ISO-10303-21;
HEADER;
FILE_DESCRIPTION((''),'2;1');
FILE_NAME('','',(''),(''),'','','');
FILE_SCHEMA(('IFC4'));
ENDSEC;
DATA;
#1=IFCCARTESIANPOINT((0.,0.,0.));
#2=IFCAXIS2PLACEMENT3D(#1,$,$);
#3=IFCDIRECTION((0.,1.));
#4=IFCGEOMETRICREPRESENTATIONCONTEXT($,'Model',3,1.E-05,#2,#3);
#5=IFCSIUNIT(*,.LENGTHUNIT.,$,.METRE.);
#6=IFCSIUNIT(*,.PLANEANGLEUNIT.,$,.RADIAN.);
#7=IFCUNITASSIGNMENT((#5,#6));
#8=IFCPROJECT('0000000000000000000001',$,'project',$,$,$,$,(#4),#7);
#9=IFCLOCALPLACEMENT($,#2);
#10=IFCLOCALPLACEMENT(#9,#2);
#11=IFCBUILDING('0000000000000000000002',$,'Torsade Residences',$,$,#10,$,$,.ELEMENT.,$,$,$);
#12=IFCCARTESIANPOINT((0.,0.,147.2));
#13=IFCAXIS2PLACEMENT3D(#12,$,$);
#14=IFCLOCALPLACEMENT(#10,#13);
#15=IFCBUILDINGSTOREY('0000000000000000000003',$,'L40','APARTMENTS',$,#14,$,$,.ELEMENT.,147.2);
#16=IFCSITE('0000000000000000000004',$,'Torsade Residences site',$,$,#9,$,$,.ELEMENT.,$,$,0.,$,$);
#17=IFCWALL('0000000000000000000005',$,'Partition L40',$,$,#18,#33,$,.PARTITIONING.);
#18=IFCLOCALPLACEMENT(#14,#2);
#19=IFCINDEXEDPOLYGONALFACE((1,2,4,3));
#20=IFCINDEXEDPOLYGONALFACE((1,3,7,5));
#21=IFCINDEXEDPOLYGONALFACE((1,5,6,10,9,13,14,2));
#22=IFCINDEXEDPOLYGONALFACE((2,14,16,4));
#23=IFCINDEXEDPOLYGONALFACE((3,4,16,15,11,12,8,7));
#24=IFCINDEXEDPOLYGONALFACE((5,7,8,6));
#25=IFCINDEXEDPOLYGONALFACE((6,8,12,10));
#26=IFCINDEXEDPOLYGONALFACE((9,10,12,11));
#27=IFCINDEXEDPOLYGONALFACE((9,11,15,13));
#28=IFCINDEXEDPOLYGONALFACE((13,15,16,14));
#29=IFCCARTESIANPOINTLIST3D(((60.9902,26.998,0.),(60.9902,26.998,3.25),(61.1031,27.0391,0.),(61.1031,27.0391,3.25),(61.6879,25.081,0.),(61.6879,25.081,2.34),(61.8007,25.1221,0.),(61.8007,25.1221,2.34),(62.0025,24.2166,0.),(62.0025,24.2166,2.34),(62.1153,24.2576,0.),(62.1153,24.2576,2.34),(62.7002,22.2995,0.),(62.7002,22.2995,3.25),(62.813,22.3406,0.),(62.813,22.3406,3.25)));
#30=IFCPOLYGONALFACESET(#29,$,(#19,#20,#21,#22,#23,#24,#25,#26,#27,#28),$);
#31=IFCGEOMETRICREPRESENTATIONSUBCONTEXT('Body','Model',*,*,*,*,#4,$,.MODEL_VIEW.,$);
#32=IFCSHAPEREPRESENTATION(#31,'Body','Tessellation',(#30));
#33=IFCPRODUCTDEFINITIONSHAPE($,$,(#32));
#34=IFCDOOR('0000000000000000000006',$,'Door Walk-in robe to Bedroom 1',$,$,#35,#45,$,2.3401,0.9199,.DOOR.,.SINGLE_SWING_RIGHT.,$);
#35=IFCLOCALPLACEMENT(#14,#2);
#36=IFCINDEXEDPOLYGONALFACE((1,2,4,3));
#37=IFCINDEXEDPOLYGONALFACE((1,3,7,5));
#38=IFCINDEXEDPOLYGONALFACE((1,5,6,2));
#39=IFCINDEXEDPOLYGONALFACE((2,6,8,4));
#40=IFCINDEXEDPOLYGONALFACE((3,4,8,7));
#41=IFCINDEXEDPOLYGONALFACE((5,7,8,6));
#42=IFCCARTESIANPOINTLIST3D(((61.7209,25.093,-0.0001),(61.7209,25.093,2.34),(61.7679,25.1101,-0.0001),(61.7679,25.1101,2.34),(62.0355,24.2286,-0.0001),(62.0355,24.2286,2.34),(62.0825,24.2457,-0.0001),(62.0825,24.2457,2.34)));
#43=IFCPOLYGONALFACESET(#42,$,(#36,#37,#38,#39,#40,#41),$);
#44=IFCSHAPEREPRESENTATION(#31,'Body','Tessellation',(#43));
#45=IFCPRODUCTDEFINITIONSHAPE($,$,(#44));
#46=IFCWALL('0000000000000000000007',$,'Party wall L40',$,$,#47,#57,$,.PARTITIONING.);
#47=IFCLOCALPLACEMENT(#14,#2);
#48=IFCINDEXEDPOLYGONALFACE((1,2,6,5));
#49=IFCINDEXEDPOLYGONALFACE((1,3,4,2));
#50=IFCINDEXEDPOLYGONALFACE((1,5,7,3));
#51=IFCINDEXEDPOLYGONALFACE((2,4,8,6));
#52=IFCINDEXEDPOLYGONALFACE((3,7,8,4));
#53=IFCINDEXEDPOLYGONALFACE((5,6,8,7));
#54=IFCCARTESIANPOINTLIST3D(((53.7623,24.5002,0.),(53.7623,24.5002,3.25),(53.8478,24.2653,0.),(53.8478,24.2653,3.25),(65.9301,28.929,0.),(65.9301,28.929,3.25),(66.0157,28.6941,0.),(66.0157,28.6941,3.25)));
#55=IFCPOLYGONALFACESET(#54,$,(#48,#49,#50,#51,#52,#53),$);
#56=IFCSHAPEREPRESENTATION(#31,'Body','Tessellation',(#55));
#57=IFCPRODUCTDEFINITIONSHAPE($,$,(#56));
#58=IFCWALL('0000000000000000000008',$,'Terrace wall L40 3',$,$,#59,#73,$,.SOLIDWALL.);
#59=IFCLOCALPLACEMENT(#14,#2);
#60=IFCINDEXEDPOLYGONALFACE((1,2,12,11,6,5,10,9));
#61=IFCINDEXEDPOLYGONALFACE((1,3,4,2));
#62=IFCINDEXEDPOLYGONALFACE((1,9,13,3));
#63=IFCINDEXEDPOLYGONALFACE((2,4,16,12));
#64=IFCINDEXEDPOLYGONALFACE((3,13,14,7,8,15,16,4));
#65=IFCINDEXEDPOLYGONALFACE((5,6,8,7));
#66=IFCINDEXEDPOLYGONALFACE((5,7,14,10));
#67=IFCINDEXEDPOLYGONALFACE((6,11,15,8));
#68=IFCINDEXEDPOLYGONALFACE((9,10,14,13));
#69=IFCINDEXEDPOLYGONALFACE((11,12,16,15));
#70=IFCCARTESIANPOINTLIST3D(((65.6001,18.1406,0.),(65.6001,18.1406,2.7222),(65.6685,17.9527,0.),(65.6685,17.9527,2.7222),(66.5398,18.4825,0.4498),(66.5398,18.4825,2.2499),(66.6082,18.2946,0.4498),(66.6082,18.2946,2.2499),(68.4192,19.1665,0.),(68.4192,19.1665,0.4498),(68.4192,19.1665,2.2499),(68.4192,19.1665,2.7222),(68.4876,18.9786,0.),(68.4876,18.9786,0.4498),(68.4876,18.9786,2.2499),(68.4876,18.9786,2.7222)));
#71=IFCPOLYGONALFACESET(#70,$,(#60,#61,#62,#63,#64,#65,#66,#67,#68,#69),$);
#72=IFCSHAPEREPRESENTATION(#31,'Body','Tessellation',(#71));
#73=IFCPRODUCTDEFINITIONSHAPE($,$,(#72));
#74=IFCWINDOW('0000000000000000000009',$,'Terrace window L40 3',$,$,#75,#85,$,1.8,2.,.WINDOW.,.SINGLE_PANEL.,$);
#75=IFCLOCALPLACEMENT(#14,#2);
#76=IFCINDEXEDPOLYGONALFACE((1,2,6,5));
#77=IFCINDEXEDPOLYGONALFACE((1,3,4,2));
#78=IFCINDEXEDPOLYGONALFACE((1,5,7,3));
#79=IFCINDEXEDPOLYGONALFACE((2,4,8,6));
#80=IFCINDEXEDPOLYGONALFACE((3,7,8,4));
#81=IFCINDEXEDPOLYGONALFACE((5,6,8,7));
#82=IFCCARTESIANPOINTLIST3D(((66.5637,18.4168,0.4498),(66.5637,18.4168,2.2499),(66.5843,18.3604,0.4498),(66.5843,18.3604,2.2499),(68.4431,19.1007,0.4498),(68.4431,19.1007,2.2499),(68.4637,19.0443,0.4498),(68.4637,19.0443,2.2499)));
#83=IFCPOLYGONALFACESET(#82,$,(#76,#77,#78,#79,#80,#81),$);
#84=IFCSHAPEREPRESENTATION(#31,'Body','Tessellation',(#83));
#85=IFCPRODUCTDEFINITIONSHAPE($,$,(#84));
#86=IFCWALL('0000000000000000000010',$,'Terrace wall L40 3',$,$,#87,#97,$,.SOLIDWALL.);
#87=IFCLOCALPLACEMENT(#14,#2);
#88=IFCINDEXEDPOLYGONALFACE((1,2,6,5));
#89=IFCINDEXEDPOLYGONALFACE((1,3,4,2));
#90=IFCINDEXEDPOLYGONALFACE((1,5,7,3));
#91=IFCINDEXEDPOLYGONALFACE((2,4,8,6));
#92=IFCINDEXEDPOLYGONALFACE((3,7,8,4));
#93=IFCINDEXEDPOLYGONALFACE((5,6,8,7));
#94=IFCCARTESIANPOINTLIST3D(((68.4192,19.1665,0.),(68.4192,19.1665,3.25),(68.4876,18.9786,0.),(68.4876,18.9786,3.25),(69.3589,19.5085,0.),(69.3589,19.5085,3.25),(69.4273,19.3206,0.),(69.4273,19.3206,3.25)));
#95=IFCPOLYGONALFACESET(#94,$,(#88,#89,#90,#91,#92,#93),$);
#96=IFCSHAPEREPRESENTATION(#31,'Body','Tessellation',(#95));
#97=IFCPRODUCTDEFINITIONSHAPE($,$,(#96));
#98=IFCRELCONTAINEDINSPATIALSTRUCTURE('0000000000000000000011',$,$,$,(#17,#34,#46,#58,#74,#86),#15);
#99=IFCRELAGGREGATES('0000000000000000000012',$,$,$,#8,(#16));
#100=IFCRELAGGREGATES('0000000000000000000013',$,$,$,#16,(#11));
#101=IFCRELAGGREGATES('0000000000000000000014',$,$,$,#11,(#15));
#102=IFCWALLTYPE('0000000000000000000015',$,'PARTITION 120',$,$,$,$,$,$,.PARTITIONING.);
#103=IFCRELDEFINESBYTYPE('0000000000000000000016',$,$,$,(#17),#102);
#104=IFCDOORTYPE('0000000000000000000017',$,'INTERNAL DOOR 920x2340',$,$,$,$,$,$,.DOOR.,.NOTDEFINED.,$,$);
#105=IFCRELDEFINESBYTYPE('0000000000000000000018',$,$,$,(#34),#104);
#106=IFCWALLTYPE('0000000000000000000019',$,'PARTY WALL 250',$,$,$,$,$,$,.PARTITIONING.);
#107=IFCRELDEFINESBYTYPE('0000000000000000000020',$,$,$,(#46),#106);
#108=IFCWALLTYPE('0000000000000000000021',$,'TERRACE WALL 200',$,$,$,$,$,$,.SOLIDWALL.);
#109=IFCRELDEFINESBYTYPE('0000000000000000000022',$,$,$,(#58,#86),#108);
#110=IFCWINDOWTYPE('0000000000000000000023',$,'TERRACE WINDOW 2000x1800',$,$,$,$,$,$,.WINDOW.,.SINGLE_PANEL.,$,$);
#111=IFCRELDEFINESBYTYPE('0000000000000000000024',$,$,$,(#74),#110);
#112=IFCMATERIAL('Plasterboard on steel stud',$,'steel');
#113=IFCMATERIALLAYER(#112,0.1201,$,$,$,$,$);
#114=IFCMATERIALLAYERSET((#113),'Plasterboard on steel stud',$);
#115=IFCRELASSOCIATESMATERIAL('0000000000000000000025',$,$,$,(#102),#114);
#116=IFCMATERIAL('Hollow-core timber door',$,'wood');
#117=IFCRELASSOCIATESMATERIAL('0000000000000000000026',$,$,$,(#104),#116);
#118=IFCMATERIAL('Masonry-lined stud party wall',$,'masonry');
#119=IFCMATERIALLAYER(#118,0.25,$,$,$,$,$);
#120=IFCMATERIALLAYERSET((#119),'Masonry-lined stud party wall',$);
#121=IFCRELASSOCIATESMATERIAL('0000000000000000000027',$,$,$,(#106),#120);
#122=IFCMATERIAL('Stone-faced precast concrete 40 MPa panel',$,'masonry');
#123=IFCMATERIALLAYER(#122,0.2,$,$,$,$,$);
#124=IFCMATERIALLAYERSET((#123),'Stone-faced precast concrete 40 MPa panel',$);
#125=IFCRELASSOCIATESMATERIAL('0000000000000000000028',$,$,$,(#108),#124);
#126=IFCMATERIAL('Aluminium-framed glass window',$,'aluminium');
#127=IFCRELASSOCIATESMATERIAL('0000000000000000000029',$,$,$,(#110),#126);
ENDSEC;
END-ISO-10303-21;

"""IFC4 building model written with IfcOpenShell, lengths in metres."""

from ifc_helpers import new_model, si_unit, direction, frame, frame_2d, origin, place, context, subcontext, project, spatial, rectangle, extrude, material, layer, layer_set, type_object, element, fill, save


model = new_model("IFC4")

# Units and contexts
model_context = context("Model", 3, precision=1e-05, world=origin(), true_north=direction((0.0, 1.0)))
body_context = subcontext(model_context, "Body", "Model", "MODEL_VIEW")
ifc_project = project(units=[si_unit("LENGTHUNIT", "METRE"), si_unit("PLANEANGLEUNIT", "RADIAN")], contexts=[model_context])

# Site, building, storey
site_placement = place(None, origin())
site = spatial("IfcSite", under=ifc_project, at=site_placement, Name="Torsade Residences site", CompositionType="ELEMENT", RefElevation=0.0)
building_placement = place(site_placement, origin())
building = spatial("IfcBuilding", under=site, at=building_placement, Name="Torsade Residences", CompositionType="ELEMENT")
storey_placement = place(building_placement, frame((0.0, 0.0, 147.2)))
storey = spatial("IfcBuildingStorey", under=building, at=storey_placement, Name="L40", Description="APARTMENTS", CompositionType="ELEMENT", Elevation=147.2)

# Wall, opening, door
ifc_material_1 = material(Name="Plasterboard on steel stud", Category="steel")
ifc_layer_1 = layer(ifc_material_1, 0.1201)
ifc_layer_set_1 = layer_set([ifc_layer_1], Name="Plasterboard on steel stud")
wall_type_1 = type_object("IfcWallType", Name="PARTITION 120", PredefinedType="PARTITIONING", material=ifc_layer_set_1)
ifc_material_2 = material(Name="Hollow-core timber door", Category="wood")
door_type_1 = type_object("IfcDoorType", Name="INTERNAL DOOR 920x2340", OperationType="NOTDEFINED", PredefinedType="DOOR", material=ifc_material_2)
wall_1_placement = place(storey_placement, frame((62.7566, 22.3201, 0.0), z_axis=(0.0, 0.0, 1.0), x_axis=(-0.341994, 0.939702, 0.0)))
wall_1 = element("IfcWall", 1, at=wall_1_placement, inside=storey, type_object=wall_type_1, Name="Partition L40", PredefinedType="PARTITIONING", context=body_context, shape_type="SweptSolid", body=[
    extrude(rectangle(XDim=5.0, YDim=0.1201, at=frame_2d((2.5, 0.0))), origin(), (0.0, 0.0, 1.0), 3.25),
])
opening_1_placement = place(wall_1_placement, frame((2.04, 0.0, 0.0)))
opening_1 = element("IfcOpeningElement", 2, at=opening_1_placement, cuts=wall_1, PredefinedType="OPENING", context=body_context, shape_type="SweptSolid", body=[
    extrude(rectangle(XDim=0.9199, YDim=2.3401, at=frame_2d((0.46, 1.1699))), frame((0.0, 0.0701, 0.0), z_axis=(0.0, -1.0, 0.0), x_axis=(1.0, 0.0, 0.0)), (0.0, 0.0, 1.0), 0.1401),
])
door_1_placement = place(opening_1_placement, origin())
door_1 = element("IfcDoor", 3, at=door_1_placement, inside=storey, type_object=door_type_1, Name="Door Walk-in robe to Bedroom 1", OperationType="SINGLE_SWING_RIGHT", OverallHeight=2.3401, OverallWidth=0.9199, PredefinedType="DOOR", context=body_context, shape_type="SweptSolid", body=[
    extrude(rectangle(XDim=0.9199, YDim=2.3401, at=frame_2d((0.46, 1.1699))), frame((0.0, 0.0249, 0.0), z_axis=(0.0, -1.0, 0.0), x_axis=(1.0, 0.0, 0.0)), (0.0, 0.0, 1.0), 0.05),
])
fill(opening_1, door_1)

# Wall
ifc_material_3 = material(Name="Masonry-lined stud party wall", Category="masonry")
ifc_layer_2 = layer(ifc_material_3, 0.25)
ifc_layer_set_2 = layer_set([ifc_layer_2], Name="Masonry-lined stud party wall")
wall_type_2 = type_object("IfcWallType", Name="PARTY WALL 250", PredefinedType="PARTITIONING", material=ifc_layer_set_2)
wall_2_placement = place(storey_placement, frame((65.9729, 28.8115, 0.0), z_axis=(0.0, 0.0, 1.0), x_axis=(-0.939692, -0.342022, 0.0)))
element("IfcWall", 4, at=wall_2_placement, inside=storey, type_object=wall_type_2, Name="Party wall L40", PredefinedType="PARTITIONING", context=body_context, shape_type="SweptSolid", body=[
    extrude(rectangle(XDim=12.9487, YDim=0.25, at=frame_2d((6.4744, 0.0))), origin(), (0.0, 0.0, 1.0), 3.25),
])

# Wall, opening, window
ifc_material_4 = material(Name="Stone-faced precast concrete 40 MPa panel", Category="masonry")
ifc_layer_3 = layer(ifc_material_4, 0.2)
ifc_layer_set_3 = layer_set([ifc_layer_3], Name="Stone-faced precast concrete 40 MPa panel")
wall_type_3 = type_object("IfcWallType", Name="TERRACE WALL 200", PredefinedType="SOLIDWALL", material=ifc_layer_set_3)
wall_3_placement = place(storey_placement, frame((65.6343, 18.0466, 0.0), z_axis=(0.0, 0.0, 1.0), x_axis=(0.939713, 0.341965, 0.0)))
wall_3 = element("IfcWall", 5, at=wall_3_placement, inside=storey, type_object=wall_type_3, Name="Terrace wall L40 3", PredefinedType="SOLIDWALL", context=body_context, shape_type="SweptSolid", body=[
    extrude(rectangle(XDim=3.0, YDim=0.2, at=frame_2d((1.5, 0.0))), origin(), (0.0, 0.0, 1.0), 2.7222),
])
opening_2_placement = place(wall_3_placement, frame((1.0, 0.0, 0.45)))
opening_2 = element("IfcOpeningElement", 6, at=opening_2_placement, cuts=wall_3, PredefinedType="OPENING", context=body_context, shape_type="SweptSolid", body=[
    extrude(rectangle(XDim=2.0, YDim=1.8, at=frame_2d((1.0, 0.8999))), frame((0.0, 0.1099, 0.0), z_axis=(0.0, -1.0, 0.0), x_axis=(1.0, 0.0, 0.0)), (0.0, 0.0, 1.0), 0.22),
])
ifc_material_5 = material(Name="Aluminium-framed glass window", Category="aluminium")
window_type = type_object("IfcWindowType", Name="TERRACE WINDOW 2000x1800", PartitioningType="SINGLE_PANEL", PredefinedType="WINDOW", material=ifc_material_5)
window_placement = place(opening_2_placement, origin())
window = element("IfcWindow", 7, at=window_placement, inside=storey, type_object=window_type, Name="Terrace window L40 3", OverallHeight=1.8, OverallWidth=2.0, PartitioningType="SINGLE_PANEL", PredefinedType="WINDOW", context=body_context, shape_type="SweptSolid", body=[
    extrude(rectangle(XDim=2.0, YDim=1.8, at=frame_2d((1.0, 0.8999))), frame((0.0, 0.03, 0.0), z_axis=(0.0, -1.0, 0.0), x_axis=(1.0, 0.0, 0.0)), (0.0, 0.0, 1.0), 0.0601),
])
fill(opening_2, window)

# Wall
wall_4_placement = place(storey_placement, frame((68.4534, 19.0725, 0.0), z_axis=(0.0, 0.0, 1.0), x_axis=(0.939686, 0.342037, 0.0)))
element("IfcWall", 8, at=wall_4_placement, inside=storey, type_object=wall_type_3, Name="Terrace wall L40 3", PredefinedType="SOLIDWALL", context=body_context, shape_type="SweptSolid", body=[
    extrude(rectangle(XDim=1.0, YDim=0.2, at=frame_2d((0.5, 0.0))), origin(), (0.0, 0.0, 1.0), 3.25),
])

save(model, "model.ifc")
